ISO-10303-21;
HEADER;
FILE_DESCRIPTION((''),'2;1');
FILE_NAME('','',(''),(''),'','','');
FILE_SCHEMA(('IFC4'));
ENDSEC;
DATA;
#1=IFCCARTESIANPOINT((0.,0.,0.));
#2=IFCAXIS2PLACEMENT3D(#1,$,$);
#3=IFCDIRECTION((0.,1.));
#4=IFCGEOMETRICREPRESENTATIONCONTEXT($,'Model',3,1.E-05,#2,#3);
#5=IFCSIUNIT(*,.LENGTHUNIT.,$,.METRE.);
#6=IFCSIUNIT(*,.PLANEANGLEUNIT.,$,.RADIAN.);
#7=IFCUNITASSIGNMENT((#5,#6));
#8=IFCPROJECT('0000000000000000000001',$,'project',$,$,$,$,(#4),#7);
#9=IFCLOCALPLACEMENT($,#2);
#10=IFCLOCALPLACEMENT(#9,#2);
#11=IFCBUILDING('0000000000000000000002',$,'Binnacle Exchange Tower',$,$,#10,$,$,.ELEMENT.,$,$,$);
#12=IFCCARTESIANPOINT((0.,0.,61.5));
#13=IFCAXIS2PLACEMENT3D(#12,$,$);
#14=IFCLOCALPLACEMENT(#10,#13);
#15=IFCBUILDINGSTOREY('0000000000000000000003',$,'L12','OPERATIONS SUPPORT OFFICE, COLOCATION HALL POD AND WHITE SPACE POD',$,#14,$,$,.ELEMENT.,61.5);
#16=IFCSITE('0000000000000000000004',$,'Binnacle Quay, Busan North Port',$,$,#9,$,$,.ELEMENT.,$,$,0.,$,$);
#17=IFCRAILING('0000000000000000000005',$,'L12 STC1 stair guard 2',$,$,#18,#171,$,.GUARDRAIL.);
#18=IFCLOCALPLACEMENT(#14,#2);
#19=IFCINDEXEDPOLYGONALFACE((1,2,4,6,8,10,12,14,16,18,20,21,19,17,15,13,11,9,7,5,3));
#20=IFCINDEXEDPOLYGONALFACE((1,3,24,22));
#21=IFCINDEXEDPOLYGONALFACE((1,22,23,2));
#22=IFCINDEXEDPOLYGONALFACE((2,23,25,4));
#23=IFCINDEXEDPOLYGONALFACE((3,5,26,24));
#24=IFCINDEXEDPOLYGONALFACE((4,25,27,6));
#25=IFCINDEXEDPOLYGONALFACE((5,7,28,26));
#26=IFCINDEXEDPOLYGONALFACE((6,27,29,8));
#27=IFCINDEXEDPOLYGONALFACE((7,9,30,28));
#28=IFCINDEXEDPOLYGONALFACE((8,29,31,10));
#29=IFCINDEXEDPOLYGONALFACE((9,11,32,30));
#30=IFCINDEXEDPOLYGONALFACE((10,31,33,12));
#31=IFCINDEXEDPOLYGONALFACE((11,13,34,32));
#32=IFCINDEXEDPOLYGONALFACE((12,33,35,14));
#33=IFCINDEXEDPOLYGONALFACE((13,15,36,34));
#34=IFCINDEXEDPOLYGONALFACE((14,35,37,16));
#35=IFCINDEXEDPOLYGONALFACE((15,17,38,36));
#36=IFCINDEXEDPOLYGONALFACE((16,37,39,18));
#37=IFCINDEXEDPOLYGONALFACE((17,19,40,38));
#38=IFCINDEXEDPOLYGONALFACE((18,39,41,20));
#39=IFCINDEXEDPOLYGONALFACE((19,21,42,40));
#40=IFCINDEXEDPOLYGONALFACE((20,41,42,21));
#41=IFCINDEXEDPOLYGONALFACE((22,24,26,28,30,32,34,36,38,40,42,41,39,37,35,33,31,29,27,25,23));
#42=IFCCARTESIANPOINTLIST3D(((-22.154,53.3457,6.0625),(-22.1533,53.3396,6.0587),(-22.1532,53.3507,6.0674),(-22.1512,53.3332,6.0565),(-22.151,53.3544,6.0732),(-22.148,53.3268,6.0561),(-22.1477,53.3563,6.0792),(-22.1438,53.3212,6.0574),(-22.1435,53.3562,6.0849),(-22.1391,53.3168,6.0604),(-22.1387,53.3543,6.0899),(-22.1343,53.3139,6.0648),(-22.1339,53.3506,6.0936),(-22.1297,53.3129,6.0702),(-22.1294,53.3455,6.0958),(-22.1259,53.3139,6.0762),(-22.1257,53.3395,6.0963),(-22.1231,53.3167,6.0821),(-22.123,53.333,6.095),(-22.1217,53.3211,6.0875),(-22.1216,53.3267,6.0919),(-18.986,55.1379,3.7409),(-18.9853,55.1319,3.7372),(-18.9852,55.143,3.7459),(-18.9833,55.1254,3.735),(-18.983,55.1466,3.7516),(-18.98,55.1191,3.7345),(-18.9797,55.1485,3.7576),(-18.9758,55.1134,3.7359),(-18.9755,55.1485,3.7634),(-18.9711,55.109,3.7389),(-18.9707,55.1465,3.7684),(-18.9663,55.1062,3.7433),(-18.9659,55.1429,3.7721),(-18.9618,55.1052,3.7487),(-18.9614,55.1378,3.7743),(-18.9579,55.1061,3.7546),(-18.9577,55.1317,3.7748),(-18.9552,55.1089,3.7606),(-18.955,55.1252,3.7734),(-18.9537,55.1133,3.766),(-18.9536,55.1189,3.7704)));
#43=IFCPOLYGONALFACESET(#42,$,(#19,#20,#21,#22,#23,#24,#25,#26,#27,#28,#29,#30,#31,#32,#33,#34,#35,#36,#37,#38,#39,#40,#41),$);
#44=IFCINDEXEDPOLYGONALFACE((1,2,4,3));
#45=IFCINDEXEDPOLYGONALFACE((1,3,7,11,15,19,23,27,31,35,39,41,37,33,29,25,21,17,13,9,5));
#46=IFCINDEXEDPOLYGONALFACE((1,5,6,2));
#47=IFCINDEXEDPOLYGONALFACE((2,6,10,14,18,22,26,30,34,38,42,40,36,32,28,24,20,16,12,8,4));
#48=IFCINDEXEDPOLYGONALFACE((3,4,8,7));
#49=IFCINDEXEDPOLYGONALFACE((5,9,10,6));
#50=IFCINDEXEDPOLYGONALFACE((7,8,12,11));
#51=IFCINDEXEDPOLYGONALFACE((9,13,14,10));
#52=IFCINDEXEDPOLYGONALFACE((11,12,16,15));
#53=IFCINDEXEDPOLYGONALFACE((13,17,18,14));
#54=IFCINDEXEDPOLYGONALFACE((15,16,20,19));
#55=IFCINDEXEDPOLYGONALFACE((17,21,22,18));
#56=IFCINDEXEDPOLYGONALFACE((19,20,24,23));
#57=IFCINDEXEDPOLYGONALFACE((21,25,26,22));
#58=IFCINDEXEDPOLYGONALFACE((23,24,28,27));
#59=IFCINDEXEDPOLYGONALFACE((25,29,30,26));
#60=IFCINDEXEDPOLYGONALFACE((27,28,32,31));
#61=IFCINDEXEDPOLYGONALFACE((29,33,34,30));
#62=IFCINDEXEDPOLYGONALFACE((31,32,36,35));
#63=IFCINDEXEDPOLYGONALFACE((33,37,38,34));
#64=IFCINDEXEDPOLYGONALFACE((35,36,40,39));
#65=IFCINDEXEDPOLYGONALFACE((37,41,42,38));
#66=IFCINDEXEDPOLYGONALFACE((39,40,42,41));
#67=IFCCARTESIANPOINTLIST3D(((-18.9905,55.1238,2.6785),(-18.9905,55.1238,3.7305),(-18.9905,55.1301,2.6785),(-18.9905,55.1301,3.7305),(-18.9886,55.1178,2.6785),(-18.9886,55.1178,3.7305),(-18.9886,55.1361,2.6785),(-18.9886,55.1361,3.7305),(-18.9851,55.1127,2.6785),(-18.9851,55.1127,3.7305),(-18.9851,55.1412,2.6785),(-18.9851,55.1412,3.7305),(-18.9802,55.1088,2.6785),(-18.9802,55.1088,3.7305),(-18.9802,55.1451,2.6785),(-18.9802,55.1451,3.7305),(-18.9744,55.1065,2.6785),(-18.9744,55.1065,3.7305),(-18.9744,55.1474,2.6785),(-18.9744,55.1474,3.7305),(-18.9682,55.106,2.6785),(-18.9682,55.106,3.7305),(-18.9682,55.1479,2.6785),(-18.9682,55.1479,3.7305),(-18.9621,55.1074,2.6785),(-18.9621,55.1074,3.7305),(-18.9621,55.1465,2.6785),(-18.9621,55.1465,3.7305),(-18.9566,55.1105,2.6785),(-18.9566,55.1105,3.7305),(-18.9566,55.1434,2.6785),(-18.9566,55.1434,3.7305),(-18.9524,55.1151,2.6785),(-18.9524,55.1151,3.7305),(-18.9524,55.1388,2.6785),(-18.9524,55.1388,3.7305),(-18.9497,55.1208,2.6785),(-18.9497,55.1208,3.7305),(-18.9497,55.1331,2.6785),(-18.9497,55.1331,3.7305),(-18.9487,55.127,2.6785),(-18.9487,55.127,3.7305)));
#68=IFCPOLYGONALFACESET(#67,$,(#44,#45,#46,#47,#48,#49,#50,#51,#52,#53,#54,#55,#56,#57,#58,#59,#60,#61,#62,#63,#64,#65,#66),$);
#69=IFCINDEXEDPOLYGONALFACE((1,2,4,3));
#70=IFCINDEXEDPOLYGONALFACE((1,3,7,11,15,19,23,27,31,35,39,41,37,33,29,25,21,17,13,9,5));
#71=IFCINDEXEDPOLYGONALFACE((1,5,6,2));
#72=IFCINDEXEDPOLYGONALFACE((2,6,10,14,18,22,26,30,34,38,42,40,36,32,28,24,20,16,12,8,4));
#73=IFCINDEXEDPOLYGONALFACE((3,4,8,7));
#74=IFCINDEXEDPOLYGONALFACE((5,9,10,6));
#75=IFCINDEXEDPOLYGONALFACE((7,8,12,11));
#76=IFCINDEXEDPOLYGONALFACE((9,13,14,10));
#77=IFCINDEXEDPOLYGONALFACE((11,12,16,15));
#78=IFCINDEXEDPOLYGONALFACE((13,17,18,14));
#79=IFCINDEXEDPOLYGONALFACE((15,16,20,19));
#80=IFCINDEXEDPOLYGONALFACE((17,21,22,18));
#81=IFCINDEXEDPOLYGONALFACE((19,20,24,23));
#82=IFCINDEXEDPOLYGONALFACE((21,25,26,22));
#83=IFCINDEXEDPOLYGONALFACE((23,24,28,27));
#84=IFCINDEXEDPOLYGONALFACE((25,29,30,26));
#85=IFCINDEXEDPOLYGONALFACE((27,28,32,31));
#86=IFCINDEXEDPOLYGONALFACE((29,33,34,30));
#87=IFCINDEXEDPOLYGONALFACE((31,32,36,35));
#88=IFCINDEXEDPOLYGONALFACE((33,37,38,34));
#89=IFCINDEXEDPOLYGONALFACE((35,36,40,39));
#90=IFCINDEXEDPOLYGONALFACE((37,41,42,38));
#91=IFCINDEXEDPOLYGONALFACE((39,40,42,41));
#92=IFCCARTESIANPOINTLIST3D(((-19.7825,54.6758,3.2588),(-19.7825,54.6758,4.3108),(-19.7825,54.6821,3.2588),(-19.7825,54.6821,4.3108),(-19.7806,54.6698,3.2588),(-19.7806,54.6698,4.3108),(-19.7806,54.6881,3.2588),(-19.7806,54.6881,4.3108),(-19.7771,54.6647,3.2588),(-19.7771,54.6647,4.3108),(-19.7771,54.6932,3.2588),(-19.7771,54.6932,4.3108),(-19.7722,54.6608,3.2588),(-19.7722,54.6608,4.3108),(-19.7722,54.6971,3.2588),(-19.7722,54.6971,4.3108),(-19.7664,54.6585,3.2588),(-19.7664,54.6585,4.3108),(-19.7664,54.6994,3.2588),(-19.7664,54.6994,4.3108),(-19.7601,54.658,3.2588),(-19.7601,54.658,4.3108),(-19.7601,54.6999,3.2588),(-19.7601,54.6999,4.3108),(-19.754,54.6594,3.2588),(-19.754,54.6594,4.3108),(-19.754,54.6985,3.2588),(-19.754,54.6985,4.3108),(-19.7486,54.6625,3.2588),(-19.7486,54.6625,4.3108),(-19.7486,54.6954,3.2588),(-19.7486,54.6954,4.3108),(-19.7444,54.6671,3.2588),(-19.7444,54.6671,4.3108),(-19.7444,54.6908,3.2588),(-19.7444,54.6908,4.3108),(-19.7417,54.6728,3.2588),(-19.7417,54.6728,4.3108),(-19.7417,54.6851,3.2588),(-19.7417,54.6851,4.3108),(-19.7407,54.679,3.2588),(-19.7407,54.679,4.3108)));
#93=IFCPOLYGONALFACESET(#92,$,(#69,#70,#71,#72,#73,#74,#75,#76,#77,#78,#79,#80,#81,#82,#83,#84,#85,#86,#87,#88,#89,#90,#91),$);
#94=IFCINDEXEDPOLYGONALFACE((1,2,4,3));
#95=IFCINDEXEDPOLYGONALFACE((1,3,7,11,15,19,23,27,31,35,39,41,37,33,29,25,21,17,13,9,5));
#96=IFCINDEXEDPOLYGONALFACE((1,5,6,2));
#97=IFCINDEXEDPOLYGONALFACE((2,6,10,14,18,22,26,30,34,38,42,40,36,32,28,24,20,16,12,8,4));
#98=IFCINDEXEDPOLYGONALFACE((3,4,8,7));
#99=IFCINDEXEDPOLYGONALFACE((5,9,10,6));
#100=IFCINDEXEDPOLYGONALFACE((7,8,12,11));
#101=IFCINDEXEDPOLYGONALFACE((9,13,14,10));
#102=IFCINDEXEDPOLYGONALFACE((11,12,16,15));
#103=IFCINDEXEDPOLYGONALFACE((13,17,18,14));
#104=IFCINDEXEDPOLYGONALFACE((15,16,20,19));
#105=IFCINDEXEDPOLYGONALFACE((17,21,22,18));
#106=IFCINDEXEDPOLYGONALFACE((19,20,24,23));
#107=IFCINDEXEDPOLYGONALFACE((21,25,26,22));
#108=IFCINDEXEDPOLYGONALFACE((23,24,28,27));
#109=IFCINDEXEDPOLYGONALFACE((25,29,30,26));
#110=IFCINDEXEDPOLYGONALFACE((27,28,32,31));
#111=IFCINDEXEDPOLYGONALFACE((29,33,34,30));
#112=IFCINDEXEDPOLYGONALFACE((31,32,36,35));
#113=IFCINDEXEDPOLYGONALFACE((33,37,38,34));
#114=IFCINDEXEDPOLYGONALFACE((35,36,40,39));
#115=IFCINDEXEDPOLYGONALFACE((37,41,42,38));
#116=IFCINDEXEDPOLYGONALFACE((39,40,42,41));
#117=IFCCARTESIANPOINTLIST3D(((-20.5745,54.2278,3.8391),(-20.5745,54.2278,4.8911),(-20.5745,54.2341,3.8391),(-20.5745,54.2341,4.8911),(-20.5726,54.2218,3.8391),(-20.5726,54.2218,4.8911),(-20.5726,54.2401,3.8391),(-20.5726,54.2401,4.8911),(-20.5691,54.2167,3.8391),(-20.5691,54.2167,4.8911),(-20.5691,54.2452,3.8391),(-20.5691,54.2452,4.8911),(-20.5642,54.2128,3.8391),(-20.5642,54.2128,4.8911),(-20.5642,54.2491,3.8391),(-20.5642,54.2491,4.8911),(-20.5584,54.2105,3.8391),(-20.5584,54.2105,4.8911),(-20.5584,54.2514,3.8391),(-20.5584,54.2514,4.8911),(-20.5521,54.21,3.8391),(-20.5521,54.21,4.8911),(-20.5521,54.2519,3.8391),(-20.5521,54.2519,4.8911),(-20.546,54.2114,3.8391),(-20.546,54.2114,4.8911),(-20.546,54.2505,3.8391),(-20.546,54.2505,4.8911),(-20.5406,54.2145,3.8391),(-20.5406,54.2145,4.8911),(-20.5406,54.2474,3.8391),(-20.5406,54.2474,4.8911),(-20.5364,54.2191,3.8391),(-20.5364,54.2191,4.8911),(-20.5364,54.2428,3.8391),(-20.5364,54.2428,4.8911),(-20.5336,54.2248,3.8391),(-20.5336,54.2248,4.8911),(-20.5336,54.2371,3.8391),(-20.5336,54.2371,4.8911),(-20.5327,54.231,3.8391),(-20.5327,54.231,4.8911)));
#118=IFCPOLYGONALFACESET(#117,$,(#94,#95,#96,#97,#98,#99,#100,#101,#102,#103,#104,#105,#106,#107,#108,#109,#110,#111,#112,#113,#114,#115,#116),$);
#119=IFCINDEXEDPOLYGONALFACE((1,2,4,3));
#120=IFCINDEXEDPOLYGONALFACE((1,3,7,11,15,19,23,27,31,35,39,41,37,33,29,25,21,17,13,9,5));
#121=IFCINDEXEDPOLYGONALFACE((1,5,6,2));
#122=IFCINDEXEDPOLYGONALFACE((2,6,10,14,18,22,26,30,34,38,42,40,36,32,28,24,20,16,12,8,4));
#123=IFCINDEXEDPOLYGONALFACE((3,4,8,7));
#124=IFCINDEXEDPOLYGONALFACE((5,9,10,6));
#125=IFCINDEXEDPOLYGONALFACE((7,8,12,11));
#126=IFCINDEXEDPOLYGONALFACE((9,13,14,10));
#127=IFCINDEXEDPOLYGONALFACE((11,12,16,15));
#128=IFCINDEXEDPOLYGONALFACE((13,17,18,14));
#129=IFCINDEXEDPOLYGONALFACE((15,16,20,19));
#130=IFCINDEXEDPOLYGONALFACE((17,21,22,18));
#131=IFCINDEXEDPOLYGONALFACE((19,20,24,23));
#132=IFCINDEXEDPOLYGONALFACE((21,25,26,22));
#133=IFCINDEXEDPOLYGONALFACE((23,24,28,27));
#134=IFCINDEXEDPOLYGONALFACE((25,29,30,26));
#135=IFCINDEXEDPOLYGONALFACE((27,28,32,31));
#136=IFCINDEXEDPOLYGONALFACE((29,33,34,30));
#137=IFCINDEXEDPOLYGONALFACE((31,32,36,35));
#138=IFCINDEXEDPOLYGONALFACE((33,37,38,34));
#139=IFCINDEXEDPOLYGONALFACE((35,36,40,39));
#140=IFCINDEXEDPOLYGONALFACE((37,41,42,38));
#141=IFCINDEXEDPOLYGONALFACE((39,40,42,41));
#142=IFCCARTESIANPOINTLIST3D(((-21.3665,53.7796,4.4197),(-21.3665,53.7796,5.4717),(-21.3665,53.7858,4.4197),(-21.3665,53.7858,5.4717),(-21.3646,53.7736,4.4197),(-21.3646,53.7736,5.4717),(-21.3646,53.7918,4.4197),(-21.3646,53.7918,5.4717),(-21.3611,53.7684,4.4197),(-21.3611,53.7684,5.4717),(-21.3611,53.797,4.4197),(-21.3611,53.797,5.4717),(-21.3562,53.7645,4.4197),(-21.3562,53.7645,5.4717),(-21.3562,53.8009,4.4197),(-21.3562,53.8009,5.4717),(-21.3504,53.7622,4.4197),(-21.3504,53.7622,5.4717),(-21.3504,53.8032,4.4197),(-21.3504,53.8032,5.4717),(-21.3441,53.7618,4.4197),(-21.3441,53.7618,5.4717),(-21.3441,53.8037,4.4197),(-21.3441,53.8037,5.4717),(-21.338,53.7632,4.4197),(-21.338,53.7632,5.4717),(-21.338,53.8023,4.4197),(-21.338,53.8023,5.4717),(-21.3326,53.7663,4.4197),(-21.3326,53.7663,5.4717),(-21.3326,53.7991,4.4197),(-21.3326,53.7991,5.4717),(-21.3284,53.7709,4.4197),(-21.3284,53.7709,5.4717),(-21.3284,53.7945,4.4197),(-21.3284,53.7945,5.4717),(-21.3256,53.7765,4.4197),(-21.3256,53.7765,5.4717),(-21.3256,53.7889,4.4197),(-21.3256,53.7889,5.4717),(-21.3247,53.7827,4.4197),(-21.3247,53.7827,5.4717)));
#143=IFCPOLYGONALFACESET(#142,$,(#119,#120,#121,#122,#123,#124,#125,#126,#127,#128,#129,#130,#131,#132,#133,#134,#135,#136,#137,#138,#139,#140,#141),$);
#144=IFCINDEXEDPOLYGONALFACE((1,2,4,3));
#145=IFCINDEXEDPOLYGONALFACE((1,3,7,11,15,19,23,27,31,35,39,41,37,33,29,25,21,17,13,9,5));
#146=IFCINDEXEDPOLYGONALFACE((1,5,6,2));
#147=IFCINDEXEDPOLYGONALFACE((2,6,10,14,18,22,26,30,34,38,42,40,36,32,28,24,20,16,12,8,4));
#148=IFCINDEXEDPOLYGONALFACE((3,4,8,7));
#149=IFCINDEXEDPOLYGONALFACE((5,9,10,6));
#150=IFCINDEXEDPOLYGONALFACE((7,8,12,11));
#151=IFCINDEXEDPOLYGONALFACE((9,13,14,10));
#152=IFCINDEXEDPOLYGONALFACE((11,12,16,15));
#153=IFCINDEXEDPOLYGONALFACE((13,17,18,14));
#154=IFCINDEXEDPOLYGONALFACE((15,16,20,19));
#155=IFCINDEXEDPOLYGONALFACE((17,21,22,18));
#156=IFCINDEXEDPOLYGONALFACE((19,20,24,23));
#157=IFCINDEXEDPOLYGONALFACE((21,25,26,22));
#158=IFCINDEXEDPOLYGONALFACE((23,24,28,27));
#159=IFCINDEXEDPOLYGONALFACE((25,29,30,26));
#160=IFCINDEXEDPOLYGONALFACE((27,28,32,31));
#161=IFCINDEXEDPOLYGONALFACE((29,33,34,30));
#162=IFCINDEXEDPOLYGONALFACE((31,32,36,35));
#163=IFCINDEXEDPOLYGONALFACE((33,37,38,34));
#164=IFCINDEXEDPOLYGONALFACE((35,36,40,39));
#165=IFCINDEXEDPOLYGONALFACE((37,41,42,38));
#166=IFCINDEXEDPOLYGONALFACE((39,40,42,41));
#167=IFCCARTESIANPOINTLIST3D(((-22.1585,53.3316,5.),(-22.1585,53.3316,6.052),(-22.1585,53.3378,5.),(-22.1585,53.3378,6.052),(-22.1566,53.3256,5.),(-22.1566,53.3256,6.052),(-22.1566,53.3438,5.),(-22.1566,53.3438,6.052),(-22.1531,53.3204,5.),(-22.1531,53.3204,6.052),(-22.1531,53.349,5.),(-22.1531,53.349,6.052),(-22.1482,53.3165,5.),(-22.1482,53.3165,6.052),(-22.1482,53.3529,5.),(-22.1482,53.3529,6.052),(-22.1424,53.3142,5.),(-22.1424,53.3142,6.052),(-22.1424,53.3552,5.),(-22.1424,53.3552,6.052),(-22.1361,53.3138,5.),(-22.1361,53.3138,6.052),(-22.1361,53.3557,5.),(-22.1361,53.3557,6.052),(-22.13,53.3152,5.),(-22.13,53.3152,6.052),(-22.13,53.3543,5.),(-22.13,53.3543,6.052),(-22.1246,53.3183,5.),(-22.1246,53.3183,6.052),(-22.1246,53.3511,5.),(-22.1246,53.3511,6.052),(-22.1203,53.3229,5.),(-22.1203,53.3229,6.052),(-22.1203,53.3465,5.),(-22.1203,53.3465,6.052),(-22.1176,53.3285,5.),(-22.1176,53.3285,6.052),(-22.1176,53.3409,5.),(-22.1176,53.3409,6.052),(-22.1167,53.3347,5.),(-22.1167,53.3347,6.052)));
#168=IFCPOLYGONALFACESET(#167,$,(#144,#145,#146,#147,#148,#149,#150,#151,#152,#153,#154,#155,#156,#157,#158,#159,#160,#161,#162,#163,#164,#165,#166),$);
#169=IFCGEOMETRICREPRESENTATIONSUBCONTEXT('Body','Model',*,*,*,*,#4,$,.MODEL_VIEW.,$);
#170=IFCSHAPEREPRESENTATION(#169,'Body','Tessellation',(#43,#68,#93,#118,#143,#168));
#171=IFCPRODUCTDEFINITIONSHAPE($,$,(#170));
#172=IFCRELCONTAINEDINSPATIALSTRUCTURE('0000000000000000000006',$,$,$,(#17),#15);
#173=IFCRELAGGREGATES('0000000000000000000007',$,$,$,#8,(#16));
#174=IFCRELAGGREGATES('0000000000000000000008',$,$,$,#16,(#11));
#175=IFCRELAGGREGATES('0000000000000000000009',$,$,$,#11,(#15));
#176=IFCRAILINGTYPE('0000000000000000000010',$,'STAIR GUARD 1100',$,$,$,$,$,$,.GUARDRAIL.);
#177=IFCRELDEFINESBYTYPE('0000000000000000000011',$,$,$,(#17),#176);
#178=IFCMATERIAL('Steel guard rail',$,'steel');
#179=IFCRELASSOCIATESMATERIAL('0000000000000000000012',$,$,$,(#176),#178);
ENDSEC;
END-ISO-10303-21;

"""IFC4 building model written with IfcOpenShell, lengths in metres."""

from ifc_helpers import new_model, si_unit, direction, frame, origin, origin_2d, place, context, subcontext, project, spatial, circle, extrude, material, type_object, element, save


model = new_model("IFC4")

# Units and contexts
model_context = context("Model", 3, precision=1e-05, world=origin(), true_north=direction((0.0, 1.0)))
body_context = subcontext(model_context, "Body", "Model", "MODEL_VIEW")
ifc_project = project(units=[si_unit("LENGTHUNIT", "METRE"), si_unit("PLANEANGLEUNIT", "RADIAN")], contexts=[model_context])

# Site, building, storey
site_placement = place(None, origin())
site = spatial("IfcSite", under=ifc_project, at=site_placement, Name="Binnacle Quay, Busan North Port", CompositionType="ELEMENT", RefElevation=0.0)
building_placement = place(site_placement, origin())
building = spatial("IfcBuilding", under=site, at=building_placement, Name="Binnacle Exchange Tower", CompositionType="ELEMENT")
storey_placement = place(building_placement, frame((0.0, 0.0, 61.5)))
storey = spatial("IfcBuildingStorey", under=building, at=storey_placement, Name="L12", Description="OPERATIONS SUPPORT OFFICE, COLOCATION HALL POD AND WHITE SPACE POD", CompositionType="ELEMENT", Elevation=61.5)

# Railing
ifc_material_1 = material(Name="Steel guard rail", Category="steel")
railing_type_1 = type_object("IfcRailingType", Name="STAIR GUARD 1100", PredefinedType="GUARDRAIL", material=ifc_material_1)
railing_1_placement = place(storey_placement, frame((-18.9697, 55.127, 2.6785)))
element("IfcRailing", 1, at=railing_1_placement, inside=storey, type_object=railing_type_1, Name="L12 STC1 stair guard 2", PredefinedType="GUARDRAIL", context=body_context, shape_type="SweptSolid", body=[
    extrude(circle(Radius=0.0239, at=origin_2d()), frame((0.0, 0.0, 1.0762), z_axis=(-0.733813, -0.415145, 0.537749), x_axis=(0.4924, -0.870369, 0.0)), (0.0, 0.0, 1.0), 4.3171),
    extrude(circle(Radius=0.021, at=origin_2d()), origin(), (0.0, 0.0, 1.0), 1.052),
    extrude(circle(Radius=0.021, at=origin_2d()), frame((-0.792, -0.448, 0.5803)), (0.0, 0.0, 1.0), 1.052),
    extrude(circle(Radius=0.021, at=origin_2d()), frame((-1.584, -0.896, 1.1606)), (0.0, 0.0, 1.0), 1.052),
    extrude(circle(Radius=0.021, at=origin_2d()), frame((-2.376, -1.3442, 1.7412)), (0.0, 0.0, 1.0), 1.052),
    extrude(circle(Radius=0.021, at=origin_2d()), frame((-3.168, -1.7922, 2.3215)), (0.0, 0.0, 1.0), 1.052),
])

save(model, "model.ifc")
